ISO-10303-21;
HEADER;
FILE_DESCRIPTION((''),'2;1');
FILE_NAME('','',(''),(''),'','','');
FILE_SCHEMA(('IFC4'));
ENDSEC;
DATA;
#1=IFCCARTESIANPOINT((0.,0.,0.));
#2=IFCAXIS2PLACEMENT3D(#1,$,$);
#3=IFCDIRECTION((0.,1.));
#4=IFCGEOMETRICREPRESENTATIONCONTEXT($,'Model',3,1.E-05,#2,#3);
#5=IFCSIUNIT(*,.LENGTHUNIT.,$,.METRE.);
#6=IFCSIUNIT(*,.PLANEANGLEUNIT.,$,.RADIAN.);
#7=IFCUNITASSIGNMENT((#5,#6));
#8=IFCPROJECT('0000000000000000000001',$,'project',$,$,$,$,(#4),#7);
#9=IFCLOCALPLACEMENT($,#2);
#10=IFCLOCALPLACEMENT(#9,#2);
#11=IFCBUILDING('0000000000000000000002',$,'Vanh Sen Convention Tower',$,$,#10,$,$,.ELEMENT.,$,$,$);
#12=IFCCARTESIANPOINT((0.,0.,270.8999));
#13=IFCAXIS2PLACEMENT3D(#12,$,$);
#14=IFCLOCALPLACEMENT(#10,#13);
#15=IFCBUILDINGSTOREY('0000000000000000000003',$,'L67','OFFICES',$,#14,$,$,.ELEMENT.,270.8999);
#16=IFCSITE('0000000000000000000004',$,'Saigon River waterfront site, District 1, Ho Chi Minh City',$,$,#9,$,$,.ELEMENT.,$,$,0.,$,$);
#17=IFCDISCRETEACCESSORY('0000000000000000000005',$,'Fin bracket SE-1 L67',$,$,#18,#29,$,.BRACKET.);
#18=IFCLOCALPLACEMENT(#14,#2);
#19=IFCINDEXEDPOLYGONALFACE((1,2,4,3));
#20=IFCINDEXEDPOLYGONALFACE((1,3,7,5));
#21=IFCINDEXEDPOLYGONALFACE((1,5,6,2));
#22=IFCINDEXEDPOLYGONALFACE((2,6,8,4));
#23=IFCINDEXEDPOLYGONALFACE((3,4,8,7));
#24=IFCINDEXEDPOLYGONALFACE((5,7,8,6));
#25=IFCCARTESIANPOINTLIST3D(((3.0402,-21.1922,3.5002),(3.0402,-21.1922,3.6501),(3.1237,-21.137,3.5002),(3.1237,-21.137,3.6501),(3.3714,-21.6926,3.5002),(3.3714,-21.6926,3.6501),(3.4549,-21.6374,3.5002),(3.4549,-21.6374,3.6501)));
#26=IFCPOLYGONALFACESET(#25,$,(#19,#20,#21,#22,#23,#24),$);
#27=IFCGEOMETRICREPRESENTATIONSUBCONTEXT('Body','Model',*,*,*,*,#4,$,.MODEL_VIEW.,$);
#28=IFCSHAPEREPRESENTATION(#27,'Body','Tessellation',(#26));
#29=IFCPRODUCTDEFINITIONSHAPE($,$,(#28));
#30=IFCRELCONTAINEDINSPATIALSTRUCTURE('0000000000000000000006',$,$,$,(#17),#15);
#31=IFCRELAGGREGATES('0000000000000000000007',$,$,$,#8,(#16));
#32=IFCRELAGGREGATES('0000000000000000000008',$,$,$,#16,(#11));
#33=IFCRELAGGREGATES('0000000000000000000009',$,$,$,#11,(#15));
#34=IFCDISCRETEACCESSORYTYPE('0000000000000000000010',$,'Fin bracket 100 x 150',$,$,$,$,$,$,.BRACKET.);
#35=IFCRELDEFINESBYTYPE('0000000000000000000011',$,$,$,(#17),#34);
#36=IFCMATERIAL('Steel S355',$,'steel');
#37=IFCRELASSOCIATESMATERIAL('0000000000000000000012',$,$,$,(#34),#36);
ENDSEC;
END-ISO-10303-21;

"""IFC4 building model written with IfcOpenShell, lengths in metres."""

from ifc_helpers import new_model, si_unit, direction, frame, origin, origin_2d, place, context, subcontext, project, spatial, rectangle, extrude, material, type_object, element, save


model = new_model("IFC4")

# Units and contexts
model_context = context("Model", 3, precision=1e-05, world=origin(), true_north=direction((0.0, 1.0)))
body_context = subcontext(model_context, "Body", "Model", "MODEL_VIEW")
ifc_project = project(units=[si_unit("LENGTHUNIT", "METRE"), si_unit("PLANEANGLEUNIT", "RADIAN")], contexts=[model_context])

# Site, building, storey
site_placement = place(None, origin())
site = spatial("IfcSite", under=ifc_project, at=site_placement, Name="Saigon River waterfront site, District 1, Ho Chi Minh City", CompositionType="ELEMENT", RefElevation=0.0)
building_placement = place(site_placement, origin())
building = spatial("IfcBuilding", under=site, at=building_placement, Name="Vanh Sen Convention Tower", CompositionType="ELEMENT")
storey_placement = place(building_placement, frame((0.0, 0.0, 270.8999)))
storey = spatial("IfcBuildingStorey", under=building, at=storey_placement, Name="L67", Description="OFFICES", CompositionType="ELEMENT", Elevation=270.8999)

# Discrete accessory
ifc_material_1 = material(Name="Steel S355", Category="steel")
discrete_accessory_type = type_object("IfcDiscreteAccessoryType", Name="Fin bracket 100 x 150", PredefinedType="BRACKET", material=ifc_material_1)
discrete_accessory_placement = place(storey_placement, frame((3.2476, -21.4148, 3.5002), z_axis=(0.0, 0.0, 1.0), x_axis=(0.551937, -0.833886, 0.0)))
element("IfcDiscreteAccessory", 1, at=discrete_accessory_placement, inside=storey, type_object=discrete_accessory_type, Name="Fin bracket SE-1 L67", PredefinedType="BRACKET", context=body_context, shape_type="SweptSolid", body=[
    extrude(rectangle(XDim=0.6001, YDim=0.1001, at=origin_2d()), origin(), (0.0, 0.0, 1.0), 0.1499),
])

save(model, "model.ifc")
